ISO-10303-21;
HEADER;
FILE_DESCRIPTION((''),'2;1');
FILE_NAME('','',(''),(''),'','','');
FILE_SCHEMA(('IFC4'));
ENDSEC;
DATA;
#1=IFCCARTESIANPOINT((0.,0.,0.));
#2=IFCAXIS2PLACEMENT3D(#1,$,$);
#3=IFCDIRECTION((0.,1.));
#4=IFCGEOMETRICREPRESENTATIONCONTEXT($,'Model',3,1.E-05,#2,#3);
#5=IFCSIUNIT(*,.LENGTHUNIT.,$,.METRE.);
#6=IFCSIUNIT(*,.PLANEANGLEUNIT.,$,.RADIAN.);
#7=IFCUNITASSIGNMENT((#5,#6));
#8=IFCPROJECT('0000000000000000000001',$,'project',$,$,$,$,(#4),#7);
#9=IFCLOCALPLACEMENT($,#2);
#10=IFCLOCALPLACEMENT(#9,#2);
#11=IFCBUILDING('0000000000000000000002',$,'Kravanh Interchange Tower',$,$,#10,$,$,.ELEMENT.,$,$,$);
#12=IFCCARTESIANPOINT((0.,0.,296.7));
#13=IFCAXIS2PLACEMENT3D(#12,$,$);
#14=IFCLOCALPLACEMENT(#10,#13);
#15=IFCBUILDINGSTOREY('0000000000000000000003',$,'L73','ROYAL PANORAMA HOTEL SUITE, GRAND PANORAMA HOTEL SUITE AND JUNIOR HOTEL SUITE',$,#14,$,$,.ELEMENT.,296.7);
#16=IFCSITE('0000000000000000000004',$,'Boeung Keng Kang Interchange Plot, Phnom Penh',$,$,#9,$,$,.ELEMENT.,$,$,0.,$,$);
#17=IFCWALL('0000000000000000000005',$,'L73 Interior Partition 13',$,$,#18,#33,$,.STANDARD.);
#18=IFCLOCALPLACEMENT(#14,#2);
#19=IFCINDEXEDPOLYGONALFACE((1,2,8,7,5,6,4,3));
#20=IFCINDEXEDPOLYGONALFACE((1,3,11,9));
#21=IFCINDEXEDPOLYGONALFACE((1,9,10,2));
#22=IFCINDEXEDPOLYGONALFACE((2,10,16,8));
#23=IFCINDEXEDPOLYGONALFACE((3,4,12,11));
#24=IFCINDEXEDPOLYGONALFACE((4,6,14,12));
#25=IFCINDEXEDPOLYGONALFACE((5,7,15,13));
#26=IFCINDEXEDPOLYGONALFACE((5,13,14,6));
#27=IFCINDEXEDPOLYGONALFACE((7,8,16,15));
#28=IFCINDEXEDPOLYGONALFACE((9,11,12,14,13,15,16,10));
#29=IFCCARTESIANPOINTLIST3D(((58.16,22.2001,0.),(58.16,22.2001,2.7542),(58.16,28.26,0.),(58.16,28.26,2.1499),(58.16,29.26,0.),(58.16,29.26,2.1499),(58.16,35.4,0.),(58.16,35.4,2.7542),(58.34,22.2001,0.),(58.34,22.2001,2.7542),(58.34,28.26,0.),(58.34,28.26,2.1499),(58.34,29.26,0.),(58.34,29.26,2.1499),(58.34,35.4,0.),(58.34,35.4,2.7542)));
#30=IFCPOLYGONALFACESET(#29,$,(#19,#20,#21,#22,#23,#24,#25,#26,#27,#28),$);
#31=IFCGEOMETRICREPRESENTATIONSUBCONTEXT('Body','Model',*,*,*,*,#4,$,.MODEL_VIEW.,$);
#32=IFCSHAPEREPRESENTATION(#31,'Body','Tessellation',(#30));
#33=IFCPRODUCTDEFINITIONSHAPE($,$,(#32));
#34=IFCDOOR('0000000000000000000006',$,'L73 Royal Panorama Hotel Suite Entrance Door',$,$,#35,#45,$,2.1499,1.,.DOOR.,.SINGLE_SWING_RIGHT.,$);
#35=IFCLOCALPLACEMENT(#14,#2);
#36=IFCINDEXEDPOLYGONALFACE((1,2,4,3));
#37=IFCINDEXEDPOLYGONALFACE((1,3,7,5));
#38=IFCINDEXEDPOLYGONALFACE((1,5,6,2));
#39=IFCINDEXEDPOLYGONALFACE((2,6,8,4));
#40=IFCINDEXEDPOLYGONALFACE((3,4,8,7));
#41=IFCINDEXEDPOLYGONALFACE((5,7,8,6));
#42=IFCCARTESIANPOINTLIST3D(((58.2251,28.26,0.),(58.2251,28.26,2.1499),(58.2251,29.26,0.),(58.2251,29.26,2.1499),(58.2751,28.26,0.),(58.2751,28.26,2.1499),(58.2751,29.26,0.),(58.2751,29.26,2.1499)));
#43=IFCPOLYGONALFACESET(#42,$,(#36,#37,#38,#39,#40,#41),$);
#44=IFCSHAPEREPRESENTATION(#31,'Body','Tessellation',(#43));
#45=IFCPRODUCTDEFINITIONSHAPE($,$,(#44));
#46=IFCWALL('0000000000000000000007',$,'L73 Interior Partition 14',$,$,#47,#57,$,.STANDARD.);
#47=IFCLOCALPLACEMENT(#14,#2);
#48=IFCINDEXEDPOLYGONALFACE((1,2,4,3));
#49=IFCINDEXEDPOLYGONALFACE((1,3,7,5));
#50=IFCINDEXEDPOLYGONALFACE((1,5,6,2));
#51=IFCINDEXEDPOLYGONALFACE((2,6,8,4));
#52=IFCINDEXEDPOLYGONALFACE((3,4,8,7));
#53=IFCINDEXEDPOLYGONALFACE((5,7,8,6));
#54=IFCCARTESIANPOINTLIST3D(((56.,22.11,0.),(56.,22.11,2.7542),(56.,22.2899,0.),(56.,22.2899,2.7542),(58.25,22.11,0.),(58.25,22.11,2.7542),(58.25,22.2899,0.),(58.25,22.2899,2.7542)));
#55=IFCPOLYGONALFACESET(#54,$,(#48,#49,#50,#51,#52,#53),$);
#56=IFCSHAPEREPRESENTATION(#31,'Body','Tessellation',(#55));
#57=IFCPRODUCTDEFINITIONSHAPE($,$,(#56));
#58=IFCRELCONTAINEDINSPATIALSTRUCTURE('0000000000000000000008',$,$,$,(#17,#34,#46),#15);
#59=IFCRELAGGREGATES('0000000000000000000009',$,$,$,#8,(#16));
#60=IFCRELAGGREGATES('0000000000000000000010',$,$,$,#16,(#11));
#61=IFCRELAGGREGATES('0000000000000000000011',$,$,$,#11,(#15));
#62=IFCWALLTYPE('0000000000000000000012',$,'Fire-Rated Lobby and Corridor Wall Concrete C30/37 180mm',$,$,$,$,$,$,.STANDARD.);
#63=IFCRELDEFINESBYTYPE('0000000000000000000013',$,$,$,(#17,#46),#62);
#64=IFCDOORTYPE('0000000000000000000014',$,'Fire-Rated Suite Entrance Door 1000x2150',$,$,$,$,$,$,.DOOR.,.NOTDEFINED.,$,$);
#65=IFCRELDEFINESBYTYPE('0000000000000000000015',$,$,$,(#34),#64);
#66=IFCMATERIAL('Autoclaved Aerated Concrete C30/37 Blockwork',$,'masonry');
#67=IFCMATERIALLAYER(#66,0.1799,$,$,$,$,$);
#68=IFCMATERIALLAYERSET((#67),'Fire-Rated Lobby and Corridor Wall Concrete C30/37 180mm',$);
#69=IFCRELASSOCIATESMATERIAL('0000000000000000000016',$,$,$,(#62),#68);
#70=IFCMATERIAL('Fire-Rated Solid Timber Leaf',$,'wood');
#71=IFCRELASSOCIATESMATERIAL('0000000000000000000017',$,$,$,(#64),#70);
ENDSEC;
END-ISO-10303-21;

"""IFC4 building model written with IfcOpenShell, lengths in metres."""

from ifc_helpers import new_model, si_unit, direction, frame, frame_2d, origin, place, context, subcontext, project, spatial, rectangle, extrude, material, layer, layer_set, type_object, element, fill, save


model = new_model("IFC4")

# Units and contexts
model_context = context("Model", 3, precision=1e-05, world=origin(), true_north=direction((0.0, 1.0)))
body_context = subcontext(model_context, "Body", "Model", "MODEL_VIEW")
ifc_project = project(units=[si_unit("LENGTHUNIT", "METRE"), si_unit("PLANEANGLEUNIT", "RADIAN")], contexts=[model_context])

# Site, building, storey
site_placement = place(None, origin())
site = spatial("IfcSite", under=ifc_project, at=site_placement, Name="Boeung Keng Kang Interchange Plot, Phnom Penh", CompositionType="ELEMENT", RefElevation=0.0)
building_placement = place(site_placement, origin())
building = spatial("IfcBuilding", under=site, at=building_placement, Name="Kravanh Interchange Tower", CompositionType="ELEMENT")
storey_placement = place(building_placement, frame((0.0, 0.0, 296.7)))
storey = spatial("IfcBuildingStorey", under=building, at=storey_placement, Name="L73", Description="ROYAL PANORAMA HOTEL SUITE, GRAND PANORAMA HOTEL SUITE AND JUNIOR HOTEL SUITE", CompositionType="ELEMENT", Elevation=296.7)

# Shared definitions
ifc_material_1 = material(Name="Autoclaved Aerated Concrete C30/37 Blockwork", Category="masonry")
ifc_layer_1 = layer(ifc_material_1, 0.1799)
ifc_layer_set_1 = layer_set([ifc_layer_1], Name="Fire-Rated Lobby and Corridor Wall Concrete C30/37 180mm")
wall_type_1 = type_object("IfcWallType", Name="Fire-Rated Lobby and Corridor Wall Concrete C30/37 180mm", PredefinedType="STANDARD", material=ifc_layer_set_1)

# Wall, opening, door
wall_1_placement = place(storey_placement, frame((58.25, 22.2, 0.0), z_axis=(0.0, 0.0, 1.0), x_axis=(0.0, 1.0, 0.0)))
wall_1 = element("IfcWall", 1, at=wall_1_placement, inside=storey, type_object=wall_type_1, Name="L73 Interior Partition 13", PredefinedType="STANDARD", context=body_context, shape_type="SweptSolid", body=[
    extrude(rectangle(XDim=13.2, YDim=0.1799, at=frame_2d((6.6001, 0.0))), origin(), (0.0, 0.0, 1.0), 2.7542),
])
opening_1_placement = place(wall_1_placement, frame((6.0601, 0.0, 0.0)))
opening_1 = element("IfcOpeningElement", 2, at=opening_1_placement, cuts=wall_1, PredefinedType="OPENING", context=body_context, shape_type="SweptSolid", body=[
    extrude(rectangle(XDim=1.0, YDim=2.1499, at=frame_2d((0.5, 1.075))), frame((0.0, 0.1001, 0.0), z_axis=(0.0, -1.0, 0.0), x_axis=(1.0, 0.0, 0.0)), (0.0, 0.0, 1.0), 0.2),
])
ifc_material_2 = material(Name="Fire-Rated Solid Timber Leaf", Category="wood")
door_type_1 = type_object("IfcDoorType", Name="Fire-Rated Suite Entrance Door 1000x2150", OperationType="NOTDEFINED", PredefinedType="DOOR", material=ifc_material_2)
door_1_placement = place(opening_1_placement, origin())
door_1 = element("IfcDoor", 3, at=door_1_placement, inside=storey, type_object=door_type_1, Name="L73 Royal Panorama Hotel Suite Entrance Door", OperationType="SINGLE_SWING_RIGHT", OverallHeight=2.1499, OverallWidth=1.0, PredefinedType="DOOR", context=body_context, shape_type="SweptSolid", body=[
    extrude(rectangle(XDim=1.0, YDim=2.1499, at=frame_2d((0.5, 1.075))), frame((0.0, 0.0249, 0.0), z_axis=(0.0, -1.0, 0.0), x_axis=(1.0, 0.0, 0.0)), (0.0, 0.0, 1.0), 0.05),
])
fill(opening_1, door_1)

# Wall
wall_2_placement = place(storey_placement, frame((56.0, 22.2, 0.0), z_axis=(0.0, 0.0, 1.0), x_axis=(1.0, 0.0, 0.0)))
element("IfcWall", 4, at=wall_2_placement, inside=storey, type_object=wall_type_1, Name="L73 Interior Partition 14", PredefinedType="STANDARD", context=body_context, shape_type="SweptSolid", body=[
    extrude(rectangle(XDim=2.25, YDim=0.1799, at=frame_2d((1.125, 0.0))), origin(), (0.0, 0.0, 1.0), 2.7542),
])

save(model, "model.ifc")
